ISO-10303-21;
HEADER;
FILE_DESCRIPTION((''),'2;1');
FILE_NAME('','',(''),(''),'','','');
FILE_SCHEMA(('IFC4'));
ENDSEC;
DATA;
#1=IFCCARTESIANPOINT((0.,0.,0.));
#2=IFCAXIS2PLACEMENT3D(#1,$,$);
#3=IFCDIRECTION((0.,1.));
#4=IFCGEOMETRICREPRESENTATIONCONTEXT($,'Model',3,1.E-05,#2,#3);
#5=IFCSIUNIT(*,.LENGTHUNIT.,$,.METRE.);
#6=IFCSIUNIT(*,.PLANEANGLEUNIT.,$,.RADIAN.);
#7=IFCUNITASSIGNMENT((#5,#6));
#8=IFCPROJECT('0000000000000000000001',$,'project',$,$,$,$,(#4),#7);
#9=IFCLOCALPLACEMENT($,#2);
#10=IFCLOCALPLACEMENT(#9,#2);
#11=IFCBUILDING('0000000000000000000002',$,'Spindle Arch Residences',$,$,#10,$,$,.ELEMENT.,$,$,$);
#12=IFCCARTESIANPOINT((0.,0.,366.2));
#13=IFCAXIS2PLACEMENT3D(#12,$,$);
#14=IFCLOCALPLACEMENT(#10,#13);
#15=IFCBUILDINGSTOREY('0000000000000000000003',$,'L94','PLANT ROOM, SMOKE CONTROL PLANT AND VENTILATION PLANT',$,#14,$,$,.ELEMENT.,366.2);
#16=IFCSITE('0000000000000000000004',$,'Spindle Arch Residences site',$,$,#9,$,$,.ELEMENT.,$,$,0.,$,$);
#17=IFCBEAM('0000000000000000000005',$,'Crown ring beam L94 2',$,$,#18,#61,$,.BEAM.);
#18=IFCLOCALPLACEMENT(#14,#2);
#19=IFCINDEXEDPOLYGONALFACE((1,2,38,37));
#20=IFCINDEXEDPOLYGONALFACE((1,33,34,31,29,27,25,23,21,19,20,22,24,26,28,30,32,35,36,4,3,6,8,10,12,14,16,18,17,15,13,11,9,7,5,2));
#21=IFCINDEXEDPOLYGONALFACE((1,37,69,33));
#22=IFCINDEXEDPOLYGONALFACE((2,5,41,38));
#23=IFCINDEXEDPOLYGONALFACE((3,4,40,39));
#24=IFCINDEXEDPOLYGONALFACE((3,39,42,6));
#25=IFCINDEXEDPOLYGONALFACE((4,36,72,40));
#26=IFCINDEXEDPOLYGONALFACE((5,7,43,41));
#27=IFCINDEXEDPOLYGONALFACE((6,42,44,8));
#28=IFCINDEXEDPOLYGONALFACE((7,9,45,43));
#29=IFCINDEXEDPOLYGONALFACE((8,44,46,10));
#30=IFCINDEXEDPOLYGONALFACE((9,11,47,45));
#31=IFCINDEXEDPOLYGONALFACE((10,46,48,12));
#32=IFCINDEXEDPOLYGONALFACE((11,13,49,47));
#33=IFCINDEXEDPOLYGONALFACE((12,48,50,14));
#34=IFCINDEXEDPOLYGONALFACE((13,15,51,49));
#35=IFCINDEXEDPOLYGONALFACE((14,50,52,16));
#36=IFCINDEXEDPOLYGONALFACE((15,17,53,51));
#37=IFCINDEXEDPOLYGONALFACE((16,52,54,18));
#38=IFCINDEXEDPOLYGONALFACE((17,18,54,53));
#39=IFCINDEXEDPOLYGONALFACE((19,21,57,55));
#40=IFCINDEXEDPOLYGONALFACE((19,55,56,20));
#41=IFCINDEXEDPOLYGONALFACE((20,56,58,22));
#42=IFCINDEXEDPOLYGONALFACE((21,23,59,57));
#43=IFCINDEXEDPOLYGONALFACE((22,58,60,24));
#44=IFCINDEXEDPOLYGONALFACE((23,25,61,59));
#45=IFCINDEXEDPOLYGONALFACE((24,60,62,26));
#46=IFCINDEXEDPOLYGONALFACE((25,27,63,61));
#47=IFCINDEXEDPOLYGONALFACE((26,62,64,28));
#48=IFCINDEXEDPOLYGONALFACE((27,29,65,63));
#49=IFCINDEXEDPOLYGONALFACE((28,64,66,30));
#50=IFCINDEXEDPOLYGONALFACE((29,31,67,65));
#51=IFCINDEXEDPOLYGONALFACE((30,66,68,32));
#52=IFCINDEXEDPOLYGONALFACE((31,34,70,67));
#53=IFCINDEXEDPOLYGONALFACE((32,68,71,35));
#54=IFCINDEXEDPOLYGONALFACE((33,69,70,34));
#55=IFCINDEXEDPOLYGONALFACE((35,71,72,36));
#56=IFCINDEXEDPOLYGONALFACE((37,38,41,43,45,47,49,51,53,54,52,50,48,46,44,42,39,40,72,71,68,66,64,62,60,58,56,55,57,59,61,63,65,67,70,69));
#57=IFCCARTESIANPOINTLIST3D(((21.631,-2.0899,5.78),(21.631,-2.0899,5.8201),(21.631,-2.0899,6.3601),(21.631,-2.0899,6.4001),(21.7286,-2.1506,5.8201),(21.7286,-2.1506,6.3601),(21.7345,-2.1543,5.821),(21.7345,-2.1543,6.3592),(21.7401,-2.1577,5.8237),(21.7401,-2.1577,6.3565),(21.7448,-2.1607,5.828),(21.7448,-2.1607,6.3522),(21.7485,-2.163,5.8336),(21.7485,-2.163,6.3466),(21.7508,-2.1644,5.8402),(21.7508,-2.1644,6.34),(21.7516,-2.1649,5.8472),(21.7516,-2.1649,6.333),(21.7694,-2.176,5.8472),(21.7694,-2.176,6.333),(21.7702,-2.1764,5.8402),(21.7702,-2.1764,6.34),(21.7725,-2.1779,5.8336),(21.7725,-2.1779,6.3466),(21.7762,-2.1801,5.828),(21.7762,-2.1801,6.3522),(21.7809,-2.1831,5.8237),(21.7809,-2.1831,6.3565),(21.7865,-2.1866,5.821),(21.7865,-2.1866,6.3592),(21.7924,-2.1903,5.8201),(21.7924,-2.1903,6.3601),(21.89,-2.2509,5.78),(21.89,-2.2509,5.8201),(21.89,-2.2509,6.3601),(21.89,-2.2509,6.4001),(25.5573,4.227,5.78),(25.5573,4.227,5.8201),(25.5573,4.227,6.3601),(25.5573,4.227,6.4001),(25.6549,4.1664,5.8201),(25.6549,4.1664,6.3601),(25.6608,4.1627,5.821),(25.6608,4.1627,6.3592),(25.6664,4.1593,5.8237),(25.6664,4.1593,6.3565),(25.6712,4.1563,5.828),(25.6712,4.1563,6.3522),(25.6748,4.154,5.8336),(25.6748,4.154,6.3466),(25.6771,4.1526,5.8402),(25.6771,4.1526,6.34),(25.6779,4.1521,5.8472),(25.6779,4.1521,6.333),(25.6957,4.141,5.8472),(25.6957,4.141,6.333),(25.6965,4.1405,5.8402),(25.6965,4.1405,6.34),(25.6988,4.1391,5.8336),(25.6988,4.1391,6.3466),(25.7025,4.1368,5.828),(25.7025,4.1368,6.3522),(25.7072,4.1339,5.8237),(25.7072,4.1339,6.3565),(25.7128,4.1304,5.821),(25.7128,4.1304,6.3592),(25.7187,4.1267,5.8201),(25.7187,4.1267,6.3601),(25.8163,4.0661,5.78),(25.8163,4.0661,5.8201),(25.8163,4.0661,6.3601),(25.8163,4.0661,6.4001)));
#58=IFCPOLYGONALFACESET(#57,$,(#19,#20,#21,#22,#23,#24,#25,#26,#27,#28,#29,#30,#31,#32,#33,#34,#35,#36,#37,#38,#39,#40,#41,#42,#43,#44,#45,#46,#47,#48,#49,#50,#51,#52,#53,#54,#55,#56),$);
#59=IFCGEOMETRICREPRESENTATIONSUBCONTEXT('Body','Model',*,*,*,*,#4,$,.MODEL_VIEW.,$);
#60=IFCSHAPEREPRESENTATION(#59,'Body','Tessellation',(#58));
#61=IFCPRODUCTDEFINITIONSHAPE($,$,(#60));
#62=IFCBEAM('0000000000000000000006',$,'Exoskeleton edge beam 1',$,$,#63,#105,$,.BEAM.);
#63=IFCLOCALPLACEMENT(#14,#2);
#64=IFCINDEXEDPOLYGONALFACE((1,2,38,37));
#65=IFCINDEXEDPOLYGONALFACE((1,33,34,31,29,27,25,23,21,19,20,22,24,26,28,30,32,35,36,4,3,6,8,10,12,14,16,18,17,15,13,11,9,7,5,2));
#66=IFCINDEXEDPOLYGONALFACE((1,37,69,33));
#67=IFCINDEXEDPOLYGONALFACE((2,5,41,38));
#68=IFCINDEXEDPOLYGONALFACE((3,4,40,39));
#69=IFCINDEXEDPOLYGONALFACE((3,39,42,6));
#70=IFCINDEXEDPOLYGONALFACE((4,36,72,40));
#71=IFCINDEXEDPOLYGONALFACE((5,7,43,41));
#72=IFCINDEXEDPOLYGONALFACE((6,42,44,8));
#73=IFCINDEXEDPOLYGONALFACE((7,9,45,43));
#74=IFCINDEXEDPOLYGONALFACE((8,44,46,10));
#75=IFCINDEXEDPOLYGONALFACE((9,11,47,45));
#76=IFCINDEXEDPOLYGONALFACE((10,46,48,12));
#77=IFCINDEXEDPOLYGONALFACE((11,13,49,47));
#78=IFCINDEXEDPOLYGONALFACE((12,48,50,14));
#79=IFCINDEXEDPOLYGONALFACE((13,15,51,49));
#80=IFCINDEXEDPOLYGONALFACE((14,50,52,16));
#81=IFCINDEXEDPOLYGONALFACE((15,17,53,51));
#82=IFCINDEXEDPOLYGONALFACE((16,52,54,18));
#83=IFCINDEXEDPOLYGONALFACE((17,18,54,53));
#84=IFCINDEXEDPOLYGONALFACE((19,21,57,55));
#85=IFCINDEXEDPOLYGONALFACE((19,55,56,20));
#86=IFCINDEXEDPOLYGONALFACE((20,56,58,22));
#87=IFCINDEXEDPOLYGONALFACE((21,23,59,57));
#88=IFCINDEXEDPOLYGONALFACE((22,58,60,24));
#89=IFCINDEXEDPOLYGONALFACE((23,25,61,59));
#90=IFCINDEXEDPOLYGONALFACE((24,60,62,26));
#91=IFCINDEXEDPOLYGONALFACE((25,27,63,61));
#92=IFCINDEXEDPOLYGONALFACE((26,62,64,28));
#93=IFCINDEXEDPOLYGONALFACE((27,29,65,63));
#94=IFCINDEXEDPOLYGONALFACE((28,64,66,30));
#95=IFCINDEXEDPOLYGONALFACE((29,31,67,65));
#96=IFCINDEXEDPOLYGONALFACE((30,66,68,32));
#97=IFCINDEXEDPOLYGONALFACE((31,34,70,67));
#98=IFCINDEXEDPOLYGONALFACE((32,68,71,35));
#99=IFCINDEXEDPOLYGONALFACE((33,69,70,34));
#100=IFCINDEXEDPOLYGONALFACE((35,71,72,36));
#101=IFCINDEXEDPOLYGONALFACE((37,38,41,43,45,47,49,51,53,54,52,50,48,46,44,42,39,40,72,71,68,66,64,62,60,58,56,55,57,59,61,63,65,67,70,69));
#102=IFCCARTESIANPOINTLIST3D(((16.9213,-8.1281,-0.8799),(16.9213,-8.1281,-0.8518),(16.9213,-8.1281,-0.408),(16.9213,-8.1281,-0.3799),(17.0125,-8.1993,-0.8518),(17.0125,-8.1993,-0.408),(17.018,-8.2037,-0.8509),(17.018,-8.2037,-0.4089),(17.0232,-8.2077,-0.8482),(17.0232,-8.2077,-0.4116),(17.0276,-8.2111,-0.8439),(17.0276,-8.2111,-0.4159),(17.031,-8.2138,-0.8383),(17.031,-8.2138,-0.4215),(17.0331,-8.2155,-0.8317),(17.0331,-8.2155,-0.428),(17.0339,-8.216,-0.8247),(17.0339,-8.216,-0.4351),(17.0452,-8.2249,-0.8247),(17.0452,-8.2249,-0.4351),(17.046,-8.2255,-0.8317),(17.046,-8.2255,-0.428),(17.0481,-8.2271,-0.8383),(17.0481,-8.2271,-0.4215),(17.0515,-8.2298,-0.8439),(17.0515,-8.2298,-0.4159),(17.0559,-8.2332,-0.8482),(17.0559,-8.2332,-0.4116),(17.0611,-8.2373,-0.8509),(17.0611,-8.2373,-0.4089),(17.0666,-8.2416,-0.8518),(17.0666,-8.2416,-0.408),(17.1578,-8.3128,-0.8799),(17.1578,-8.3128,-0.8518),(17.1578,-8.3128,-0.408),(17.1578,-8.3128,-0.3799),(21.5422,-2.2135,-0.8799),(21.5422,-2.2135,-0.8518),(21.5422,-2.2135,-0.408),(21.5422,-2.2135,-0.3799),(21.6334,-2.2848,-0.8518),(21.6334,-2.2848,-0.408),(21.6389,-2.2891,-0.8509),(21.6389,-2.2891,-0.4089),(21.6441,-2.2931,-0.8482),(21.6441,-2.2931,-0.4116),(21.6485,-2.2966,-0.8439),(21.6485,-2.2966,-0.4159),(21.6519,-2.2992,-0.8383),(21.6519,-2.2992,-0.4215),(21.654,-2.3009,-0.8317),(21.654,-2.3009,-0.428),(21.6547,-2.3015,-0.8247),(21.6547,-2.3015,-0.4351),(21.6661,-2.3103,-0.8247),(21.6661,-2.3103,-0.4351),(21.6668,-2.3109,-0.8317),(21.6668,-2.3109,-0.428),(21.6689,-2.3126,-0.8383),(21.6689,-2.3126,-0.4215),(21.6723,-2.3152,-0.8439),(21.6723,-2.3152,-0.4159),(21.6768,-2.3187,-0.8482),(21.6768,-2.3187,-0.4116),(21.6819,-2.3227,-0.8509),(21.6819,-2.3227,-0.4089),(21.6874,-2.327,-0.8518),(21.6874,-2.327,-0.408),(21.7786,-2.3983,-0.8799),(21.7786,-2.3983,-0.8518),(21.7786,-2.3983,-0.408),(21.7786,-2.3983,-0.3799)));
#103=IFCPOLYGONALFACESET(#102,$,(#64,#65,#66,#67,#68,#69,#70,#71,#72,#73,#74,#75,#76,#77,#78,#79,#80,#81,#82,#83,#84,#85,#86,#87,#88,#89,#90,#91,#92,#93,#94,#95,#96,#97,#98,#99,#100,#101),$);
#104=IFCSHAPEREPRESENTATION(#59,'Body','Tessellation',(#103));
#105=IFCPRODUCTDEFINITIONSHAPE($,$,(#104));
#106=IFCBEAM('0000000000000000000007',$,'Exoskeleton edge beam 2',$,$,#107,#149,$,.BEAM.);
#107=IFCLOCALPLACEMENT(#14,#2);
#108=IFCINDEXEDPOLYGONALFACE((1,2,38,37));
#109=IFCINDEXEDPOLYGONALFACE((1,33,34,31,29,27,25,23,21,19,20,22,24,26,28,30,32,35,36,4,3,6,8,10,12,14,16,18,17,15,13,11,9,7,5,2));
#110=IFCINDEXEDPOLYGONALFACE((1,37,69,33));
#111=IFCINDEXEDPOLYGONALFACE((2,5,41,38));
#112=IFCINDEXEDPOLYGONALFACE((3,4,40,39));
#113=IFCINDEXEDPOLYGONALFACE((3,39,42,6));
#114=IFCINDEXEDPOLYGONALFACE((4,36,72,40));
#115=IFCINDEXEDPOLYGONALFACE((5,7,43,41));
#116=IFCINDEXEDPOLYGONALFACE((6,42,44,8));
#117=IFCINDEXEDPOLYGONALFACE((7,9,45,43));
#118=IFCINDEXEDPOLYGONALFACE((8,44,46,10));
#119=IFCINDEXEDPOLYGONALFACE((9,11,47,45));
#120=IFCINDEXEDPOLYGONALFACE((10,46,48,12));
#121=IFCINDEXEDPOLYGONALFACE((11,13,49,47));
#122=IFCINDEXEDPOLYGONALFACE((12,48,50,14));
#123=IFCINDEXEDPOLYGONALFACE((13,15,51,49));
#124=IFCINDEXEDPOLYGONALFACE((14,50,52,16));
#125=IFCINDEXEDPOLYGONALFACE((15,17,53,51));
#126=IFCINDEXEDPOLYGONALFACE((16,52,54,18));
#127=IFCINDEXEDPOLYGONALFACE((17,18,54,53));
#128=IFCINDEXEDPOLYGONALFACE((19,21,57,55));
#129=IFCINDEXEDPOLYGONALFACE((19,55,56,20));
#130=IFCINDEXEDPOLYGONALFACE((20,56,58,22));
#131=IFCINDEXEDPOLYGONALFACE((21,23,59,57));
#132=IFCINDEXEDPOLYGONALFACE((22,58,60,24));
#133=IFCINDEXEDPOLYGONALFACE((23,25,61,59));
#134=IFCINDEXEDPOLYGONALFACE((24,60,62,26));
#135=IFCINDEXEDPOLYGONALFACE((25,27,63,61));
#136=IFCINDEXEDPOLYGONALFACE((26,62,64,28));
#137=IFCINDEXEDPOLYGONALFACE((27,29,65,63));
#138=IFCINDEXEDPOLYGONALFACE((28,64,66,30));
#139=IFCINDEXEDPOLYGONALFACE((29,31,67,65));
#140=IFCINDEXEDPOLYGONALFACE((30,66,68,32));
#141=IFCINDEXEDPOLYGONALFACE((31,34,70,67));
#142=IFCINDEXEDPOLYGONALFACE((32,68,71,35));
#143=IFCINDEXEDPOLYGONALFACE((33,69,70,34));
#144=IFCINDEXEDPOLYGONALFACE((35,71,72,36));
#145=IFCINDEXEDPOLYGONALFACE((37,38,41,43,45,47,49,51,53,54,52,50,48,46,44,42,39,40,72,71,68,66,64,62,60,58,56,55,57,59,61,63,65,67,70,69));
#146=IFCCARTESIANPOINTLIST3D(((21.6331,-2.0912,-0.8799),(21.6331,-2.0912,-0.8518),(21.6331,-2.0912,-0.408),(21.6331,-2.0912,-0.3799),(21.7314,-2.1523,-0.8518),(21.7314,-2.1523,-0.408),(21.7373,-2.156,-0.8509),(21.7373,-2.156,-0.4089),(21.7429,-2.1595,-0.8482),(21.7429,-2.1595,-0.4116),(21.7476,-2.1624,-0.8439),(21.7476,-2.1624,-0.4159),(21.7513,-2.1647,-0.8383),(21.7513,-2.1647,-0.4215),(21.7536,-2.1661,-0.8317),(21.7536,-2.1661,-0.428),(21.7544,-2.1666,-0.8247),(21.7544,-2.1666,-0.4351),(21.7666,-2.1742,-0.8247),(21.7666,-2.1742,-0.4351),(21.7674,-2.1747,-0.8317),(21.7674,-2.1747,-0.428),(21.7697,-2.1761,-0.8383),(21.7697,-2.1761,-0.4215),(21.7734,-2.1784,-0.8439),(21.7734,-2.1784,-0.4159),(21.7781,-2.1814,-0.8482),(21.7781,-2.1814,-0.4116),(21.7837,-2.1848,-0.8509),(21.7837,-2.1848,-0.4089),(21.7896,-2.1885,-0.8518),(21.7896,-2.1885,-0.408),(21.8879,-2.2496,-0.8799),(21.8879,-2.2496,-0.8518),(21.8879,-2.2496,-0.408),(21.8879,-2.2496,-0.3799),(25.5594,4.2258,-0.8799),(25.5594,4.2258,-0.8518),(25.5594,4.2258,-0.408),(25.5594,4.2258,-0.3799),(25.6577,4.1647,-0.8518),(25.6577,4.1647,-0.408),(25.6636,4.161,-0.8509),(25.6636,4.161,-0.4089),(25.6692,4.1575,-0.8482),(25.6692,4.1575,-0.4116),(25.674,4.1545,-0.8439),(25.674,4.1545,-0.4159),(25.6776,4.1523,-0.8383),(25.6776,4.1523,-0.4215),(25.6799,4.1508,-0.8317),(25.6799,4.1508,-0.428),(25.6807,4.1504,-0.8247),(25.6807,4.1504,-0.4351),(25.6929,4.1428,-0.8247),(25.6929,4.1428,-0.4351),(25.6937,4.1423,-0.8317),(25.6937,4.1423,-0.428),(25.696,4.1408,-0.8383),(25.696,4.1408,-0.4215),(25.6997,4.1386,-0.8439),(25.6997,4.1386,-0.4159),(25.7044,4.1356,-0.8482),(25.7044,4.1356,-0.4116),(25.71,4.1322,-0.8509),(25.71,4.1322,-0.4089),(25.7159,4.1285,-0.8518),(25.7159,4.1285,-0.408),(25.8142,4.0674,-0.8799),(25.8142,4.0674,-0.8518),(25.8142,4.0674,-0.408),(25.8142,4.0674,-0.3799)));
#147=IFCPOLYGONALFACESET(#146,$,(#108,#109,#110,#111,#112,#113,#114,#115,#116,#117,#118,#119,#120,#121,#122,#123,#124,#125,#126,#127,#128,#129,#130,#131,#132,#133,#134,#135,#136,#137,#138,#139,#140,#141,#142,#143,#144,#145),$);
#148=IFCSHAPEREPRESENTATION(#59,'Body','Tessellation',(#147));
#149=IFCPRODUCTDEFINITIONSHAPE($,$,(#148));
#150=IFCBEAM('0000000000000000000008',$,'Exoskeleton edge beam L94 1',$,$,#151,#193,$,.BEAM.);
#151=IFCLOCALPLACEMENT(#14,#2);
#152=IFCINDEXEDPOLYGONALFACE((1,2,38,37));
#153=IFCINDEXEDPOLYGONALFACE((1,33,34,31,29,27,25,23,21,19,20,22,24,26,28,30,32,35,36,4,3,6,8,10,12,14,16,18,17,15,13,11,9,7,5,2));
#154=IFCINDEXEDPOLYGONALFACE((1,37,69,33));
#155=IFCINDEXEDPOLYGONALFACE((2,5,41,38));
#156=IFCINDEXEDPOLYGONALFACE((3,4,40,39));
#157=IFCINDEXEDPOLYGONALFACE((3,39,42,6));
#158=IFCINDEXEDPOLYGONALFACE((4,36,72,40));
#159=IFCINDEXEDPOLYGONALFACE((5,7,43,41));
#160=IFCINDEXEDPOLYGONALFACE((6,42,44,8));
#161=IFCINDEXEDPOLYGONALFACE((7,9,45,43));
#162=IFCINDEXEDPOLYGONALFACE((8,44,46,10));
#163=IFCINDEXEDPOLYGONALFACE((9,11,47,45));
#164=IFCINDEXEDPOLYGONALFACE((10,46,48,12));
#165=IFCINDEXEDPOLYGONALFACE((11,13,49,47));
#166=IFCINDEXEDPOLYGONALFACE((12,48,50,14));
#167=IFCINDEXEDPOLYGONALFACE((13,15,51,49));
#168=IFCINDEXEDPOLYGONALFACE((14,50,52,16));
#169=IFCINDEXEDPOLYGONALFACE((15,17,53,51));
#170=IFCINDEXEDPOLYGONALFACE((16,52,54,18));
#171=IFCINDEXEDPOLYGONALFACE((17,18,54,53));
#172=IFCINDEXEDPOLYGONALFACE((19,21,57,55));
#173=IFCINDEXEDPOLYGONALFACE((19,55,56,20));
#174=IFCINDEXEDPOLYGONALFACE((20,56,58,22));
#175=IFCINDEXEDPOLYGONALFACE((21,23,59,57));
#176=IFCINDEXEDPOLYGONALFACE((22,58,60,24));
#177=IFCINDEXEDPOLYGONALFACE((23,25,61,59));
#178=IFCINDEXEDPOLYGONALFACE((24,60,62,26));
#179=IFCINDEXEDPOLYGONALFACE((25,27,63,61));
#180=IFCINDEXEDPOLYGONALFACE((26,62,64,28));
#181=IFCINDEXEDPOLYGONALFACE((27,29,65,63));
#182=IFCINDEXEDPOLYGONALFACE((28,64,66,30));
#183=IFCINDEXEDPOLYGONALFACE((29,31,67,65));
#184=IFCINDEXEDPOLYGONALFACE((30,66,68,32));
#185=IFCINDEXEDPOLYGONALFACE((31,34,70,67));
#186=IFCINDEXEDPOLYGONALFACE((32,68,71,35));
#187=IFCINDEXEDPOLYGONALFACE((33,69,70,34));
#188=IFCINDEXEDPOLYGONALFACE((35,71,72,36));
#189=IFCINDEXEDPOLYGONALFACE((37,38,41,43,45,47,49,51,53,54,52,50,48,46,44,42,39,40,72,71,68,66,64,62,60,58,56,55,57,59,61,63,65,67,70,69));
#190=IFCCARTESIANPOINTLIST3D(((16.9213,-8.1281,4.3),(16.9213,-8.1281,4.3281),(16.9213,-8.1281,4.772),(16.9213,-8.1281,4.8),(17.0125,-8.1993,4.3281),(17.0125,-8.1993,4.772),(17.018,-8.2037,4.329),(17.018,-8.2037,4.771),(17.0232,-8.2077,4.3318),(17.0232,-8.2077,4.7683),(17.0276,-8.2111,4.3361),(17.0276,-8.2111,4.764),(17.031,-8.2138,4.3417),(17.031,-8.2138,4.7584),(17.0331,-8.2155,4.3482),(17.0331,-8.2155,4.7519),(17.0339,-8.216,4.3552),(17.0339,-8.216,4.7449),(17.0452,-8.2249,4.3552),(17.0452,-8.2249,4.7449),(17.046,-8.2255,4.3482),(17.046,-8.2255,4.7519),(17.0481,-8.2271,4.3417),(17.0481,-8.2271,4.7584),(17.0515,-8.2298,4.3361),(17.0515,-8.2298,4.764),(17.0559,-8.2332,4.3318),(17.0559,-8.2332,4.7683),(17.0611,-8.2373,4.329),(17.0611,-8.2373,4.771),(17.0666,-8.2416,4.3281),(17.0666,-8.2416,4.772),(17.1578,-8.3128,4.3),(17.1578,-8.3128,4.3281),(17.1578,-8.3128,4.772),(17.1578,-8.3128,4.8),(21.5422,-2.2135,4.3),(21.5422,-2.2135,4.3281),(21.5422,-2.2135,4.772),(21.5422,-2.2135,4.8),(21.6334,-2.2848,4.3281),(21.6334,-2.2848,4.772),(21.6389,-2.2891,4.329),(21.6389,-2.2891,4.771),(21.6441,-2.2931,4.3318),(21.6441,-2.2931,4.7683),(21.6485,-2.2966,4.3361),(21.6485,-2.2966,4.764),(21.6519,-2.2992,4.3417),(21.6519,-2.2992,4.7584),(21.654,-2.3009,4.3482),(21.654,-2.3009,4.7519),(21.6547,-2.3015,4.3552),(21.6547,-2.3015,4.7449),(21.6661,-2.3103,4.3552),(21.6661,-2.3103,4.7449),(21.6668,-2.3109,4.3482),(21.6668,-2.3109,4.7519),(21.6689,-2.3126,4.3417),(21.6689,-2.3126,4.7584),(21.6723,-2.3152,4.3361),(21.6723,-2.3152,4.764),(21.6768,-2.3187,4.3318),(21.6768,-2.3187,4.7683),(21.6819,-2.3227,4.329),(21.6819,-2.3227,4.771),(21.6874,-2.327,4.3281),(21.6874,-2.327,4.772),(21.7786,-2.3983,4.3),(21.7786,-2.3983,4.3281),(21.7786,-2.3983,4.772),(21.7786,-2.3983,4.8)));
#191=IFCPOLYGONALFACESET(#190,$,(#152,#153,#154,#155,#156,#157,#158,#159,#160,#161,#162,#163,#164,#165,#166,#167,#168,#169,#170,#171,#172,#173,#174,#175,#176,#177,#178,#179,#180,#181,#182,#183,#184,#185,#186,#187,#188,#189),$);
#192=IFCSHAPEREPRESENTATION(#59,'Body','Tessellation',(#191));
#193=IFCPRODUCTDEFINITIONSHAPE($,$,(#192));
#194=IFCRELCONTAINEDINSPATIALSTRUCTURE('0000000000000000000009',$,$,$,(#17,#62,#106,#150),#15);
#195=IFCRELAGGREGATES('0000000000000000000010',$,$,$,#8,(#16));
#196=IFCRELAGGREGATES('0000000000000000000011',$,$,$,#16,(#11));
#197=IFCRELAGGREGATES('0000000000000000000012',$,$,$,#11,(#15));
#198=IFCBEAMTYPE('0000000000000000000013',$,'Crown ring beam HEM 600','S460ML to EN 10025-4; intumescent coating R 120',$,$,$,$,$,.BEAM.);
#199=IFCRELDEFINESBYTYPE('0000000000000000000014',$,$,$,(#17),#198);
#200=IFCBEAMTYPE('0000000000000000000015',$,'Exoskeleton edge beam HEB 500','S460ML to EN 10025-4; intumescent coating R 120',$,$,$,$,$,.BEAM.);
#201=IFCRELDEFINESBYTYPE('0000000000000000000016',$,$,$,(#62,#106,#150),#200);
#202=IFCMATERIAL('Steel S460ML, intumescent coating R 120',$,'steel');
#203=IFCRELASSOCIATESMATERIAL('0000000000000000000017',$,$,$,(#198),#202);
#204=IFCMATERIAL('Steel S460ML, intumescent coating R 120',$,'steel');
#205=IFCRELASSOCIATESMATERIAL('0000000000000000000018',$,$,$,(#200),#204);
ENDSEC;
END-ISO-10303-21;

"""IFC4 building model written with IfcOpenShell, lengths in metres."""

from ifc_helpers import new_model, si_unit, direction, frame, origin, origin_2d, place, context, subcontext, project, spatial, i_section, extrude, material, material_profile, profile_set, type_object, element, save


model = new_model("IFC4")

# Units and contexts
model_context = context("Model", 3, precision=1e-05, world=origin(), true_north=direction((0.0, 1.0)))
body_context = subcontext(model_context, "Body", "Model", "MODEL_VIEW")
ifc_project = project(units=[si_unit("LENGTHUNIT", "METRE"), si_unit("PLANEANGLEUNIT", "RADIAN")], contexts=[model_context])

# Site, building, storey
site_placement = place(None, origin())
site = spatial("IfcSite", under=ifc_project, at=site_placement, Name="Spindle Arch Residences site", CompositionType="ELEMENT", RefElevation=0.0)
building_placement = place(site_placement, origin())
building = spatial("IfcBuilding", under=site, at=building_placement, Name="Spindle Arch Residences", CompositionType="ELEMENT")
storey_placement = place(building_placement, frame((0.0, 0.0, 366.2)))
storey = spatial("IfcBuildingStorey", under=building, at=storey_placement, Name="L94", Description="PLANT ROOM, SMOKE CONTROL PLANT AND VENTILATION PLANT", CompositionType="ELEMENT", Elevation=366.2)

# Beams
ifc_material_1 = material(Name="Steel S460ML, intumescent coating R 120", Category="steel")
ifc_material_profile_1 = material_profile(ifc_material_1, i_section(OverallWidth=0.3049, OverallDepth=0.6201, WebThickness=0.021, FlangeThickness=0.04, FilletRadius=0.0271, at=origin_2d()), Name="HEM 600")
ifc_profile_set_1 = profile_set([ifc_material_profile_1], Name="Steel S460ML, intumescent coating R 120")
beam_type_1 = type_object("IfcBeamType", Name="Crown ring beam HEM 600", Description="S460ML to EN 10025-4; intumescent coating R 120", PredefinedType="BEAM", material=ifc_profile_set_1)
beam_1_placement = place(storey_placement, frame((21.7605, -2.1704, 6.0901), z_axis=(0.527891, 0.849312, 0.0), x_axis=(-0.849312, 0.527891, 0.0)))
element("IfcBeam", 1, at=beam_1_placement, inside=storey, type_object=beam_type_1, Name="Crown ring beam L94 2", PredefinedType="BEAM", context=body_context, shape_type="SweptSolid", body=[
    extrude(i_section(OverallWidth=0.3049, OverallDepth=0.6201, WebThickness=0.021, FlangeThickness=0.04, FilletRadius=0.0271, at=origin_2d()), origin(), (0.0, 0.0, 1.0), 7.4377),
])
ifc_material_2 = material(Name="Steel S460ML, intumescent coating R 120", Category="steel")
ifc_material_profile_2 = material_profile(ifc_material_2, i_section(OverallWidth=0.3, OverallDepth=0.5, WebThickness=0.0144, FlangeThickness=0.0281, FilletRadius=0.0271, at=origin_2d()), Name="HEB 500")
ifc_profile_set_2 = profile_set([ifc_material_profile_2], Name="Steel S460ML, intumescent coating R 120")
beam_type_2 = type_object("IfcBeamType", Name="Exoskeleton edge beam HEB 500", Description="S460ML to EN 10025-4; intumescent coating R 120", PredefinedType="BEAM", material=ifc_profile_set_2)
beam_2_placement = place(storey_placement, frame((17.0396, -8.2205, -0.6299), z_axis=(0.615653, 0.788017, 0.0), x_axis=(-0.788017, 0.615653, 0.0)))
element("IfcBeam", 2, at=beam_2_placement, inside=storey, type_object=beam_type_2, Name="Exoskeleton edge beam 1", PredefinedType="BEAM", context=body_context, shape_type="SweptSolid", body=[
    extrude(i_section(OverallWidth=0.3, OverallDepth=0.5, WebThickness=0.0144, FlangeThickness=0.0281, FilletRadius=0.0271, at=origin_2d()), origin(), (0.0, 0.0, 1.0), 7.5056),
])
beam_3_placement = place(storey_placement, frame((21.7605, -2.1704, -0.6299), z_axis=(0.527891, 0.849312, 0.0), x_axis=(-0.849312, 0.527891, 0.0)))
element("IfcBeam", 3, at=beam_3_placement, inside=storey, type_object=beam_type_2, Name="Exoskeleton edge beam 2", PredefinedType="BEAM", context=body_context, shape_type="SweptSolid", body=[
    extrude(i_section(OverallWidth=0.3, OverallDepth=0.5, WebThickness=0.0144, FlangeThickness=0.0281, FilletRadius=0.0271, at=origin_2d()), origin(), (0.0, 0.0, 1.0), 7.4377),
])
beam_4_placement = place(storey_placement, frame((17.0396, -8.2205, 4.55), z_axis=(0.615653, 0.788017, 0.0), x_axis=(-0.788017, 0.615653, 0.0)))
element("IfcBeam", 4, at=beam_4_placement, inside=storey, type_object=beam_type_2, Name="Exoskeleton edge beam L94 1", PredefinedType="BEAM", context=body_context, shape_type="SweptSolid", body=[
    extrude(i_section(OverallWidth=0.3, OverallDepth=0.5, WebThickness=0.0144, FlangeThickness=0.0281, FilletRadius=0.0271, at=origin_2d()), origin(), (0.0, 0.0, 1.0), 7.5056),
])

save(model, "model.ifc")
